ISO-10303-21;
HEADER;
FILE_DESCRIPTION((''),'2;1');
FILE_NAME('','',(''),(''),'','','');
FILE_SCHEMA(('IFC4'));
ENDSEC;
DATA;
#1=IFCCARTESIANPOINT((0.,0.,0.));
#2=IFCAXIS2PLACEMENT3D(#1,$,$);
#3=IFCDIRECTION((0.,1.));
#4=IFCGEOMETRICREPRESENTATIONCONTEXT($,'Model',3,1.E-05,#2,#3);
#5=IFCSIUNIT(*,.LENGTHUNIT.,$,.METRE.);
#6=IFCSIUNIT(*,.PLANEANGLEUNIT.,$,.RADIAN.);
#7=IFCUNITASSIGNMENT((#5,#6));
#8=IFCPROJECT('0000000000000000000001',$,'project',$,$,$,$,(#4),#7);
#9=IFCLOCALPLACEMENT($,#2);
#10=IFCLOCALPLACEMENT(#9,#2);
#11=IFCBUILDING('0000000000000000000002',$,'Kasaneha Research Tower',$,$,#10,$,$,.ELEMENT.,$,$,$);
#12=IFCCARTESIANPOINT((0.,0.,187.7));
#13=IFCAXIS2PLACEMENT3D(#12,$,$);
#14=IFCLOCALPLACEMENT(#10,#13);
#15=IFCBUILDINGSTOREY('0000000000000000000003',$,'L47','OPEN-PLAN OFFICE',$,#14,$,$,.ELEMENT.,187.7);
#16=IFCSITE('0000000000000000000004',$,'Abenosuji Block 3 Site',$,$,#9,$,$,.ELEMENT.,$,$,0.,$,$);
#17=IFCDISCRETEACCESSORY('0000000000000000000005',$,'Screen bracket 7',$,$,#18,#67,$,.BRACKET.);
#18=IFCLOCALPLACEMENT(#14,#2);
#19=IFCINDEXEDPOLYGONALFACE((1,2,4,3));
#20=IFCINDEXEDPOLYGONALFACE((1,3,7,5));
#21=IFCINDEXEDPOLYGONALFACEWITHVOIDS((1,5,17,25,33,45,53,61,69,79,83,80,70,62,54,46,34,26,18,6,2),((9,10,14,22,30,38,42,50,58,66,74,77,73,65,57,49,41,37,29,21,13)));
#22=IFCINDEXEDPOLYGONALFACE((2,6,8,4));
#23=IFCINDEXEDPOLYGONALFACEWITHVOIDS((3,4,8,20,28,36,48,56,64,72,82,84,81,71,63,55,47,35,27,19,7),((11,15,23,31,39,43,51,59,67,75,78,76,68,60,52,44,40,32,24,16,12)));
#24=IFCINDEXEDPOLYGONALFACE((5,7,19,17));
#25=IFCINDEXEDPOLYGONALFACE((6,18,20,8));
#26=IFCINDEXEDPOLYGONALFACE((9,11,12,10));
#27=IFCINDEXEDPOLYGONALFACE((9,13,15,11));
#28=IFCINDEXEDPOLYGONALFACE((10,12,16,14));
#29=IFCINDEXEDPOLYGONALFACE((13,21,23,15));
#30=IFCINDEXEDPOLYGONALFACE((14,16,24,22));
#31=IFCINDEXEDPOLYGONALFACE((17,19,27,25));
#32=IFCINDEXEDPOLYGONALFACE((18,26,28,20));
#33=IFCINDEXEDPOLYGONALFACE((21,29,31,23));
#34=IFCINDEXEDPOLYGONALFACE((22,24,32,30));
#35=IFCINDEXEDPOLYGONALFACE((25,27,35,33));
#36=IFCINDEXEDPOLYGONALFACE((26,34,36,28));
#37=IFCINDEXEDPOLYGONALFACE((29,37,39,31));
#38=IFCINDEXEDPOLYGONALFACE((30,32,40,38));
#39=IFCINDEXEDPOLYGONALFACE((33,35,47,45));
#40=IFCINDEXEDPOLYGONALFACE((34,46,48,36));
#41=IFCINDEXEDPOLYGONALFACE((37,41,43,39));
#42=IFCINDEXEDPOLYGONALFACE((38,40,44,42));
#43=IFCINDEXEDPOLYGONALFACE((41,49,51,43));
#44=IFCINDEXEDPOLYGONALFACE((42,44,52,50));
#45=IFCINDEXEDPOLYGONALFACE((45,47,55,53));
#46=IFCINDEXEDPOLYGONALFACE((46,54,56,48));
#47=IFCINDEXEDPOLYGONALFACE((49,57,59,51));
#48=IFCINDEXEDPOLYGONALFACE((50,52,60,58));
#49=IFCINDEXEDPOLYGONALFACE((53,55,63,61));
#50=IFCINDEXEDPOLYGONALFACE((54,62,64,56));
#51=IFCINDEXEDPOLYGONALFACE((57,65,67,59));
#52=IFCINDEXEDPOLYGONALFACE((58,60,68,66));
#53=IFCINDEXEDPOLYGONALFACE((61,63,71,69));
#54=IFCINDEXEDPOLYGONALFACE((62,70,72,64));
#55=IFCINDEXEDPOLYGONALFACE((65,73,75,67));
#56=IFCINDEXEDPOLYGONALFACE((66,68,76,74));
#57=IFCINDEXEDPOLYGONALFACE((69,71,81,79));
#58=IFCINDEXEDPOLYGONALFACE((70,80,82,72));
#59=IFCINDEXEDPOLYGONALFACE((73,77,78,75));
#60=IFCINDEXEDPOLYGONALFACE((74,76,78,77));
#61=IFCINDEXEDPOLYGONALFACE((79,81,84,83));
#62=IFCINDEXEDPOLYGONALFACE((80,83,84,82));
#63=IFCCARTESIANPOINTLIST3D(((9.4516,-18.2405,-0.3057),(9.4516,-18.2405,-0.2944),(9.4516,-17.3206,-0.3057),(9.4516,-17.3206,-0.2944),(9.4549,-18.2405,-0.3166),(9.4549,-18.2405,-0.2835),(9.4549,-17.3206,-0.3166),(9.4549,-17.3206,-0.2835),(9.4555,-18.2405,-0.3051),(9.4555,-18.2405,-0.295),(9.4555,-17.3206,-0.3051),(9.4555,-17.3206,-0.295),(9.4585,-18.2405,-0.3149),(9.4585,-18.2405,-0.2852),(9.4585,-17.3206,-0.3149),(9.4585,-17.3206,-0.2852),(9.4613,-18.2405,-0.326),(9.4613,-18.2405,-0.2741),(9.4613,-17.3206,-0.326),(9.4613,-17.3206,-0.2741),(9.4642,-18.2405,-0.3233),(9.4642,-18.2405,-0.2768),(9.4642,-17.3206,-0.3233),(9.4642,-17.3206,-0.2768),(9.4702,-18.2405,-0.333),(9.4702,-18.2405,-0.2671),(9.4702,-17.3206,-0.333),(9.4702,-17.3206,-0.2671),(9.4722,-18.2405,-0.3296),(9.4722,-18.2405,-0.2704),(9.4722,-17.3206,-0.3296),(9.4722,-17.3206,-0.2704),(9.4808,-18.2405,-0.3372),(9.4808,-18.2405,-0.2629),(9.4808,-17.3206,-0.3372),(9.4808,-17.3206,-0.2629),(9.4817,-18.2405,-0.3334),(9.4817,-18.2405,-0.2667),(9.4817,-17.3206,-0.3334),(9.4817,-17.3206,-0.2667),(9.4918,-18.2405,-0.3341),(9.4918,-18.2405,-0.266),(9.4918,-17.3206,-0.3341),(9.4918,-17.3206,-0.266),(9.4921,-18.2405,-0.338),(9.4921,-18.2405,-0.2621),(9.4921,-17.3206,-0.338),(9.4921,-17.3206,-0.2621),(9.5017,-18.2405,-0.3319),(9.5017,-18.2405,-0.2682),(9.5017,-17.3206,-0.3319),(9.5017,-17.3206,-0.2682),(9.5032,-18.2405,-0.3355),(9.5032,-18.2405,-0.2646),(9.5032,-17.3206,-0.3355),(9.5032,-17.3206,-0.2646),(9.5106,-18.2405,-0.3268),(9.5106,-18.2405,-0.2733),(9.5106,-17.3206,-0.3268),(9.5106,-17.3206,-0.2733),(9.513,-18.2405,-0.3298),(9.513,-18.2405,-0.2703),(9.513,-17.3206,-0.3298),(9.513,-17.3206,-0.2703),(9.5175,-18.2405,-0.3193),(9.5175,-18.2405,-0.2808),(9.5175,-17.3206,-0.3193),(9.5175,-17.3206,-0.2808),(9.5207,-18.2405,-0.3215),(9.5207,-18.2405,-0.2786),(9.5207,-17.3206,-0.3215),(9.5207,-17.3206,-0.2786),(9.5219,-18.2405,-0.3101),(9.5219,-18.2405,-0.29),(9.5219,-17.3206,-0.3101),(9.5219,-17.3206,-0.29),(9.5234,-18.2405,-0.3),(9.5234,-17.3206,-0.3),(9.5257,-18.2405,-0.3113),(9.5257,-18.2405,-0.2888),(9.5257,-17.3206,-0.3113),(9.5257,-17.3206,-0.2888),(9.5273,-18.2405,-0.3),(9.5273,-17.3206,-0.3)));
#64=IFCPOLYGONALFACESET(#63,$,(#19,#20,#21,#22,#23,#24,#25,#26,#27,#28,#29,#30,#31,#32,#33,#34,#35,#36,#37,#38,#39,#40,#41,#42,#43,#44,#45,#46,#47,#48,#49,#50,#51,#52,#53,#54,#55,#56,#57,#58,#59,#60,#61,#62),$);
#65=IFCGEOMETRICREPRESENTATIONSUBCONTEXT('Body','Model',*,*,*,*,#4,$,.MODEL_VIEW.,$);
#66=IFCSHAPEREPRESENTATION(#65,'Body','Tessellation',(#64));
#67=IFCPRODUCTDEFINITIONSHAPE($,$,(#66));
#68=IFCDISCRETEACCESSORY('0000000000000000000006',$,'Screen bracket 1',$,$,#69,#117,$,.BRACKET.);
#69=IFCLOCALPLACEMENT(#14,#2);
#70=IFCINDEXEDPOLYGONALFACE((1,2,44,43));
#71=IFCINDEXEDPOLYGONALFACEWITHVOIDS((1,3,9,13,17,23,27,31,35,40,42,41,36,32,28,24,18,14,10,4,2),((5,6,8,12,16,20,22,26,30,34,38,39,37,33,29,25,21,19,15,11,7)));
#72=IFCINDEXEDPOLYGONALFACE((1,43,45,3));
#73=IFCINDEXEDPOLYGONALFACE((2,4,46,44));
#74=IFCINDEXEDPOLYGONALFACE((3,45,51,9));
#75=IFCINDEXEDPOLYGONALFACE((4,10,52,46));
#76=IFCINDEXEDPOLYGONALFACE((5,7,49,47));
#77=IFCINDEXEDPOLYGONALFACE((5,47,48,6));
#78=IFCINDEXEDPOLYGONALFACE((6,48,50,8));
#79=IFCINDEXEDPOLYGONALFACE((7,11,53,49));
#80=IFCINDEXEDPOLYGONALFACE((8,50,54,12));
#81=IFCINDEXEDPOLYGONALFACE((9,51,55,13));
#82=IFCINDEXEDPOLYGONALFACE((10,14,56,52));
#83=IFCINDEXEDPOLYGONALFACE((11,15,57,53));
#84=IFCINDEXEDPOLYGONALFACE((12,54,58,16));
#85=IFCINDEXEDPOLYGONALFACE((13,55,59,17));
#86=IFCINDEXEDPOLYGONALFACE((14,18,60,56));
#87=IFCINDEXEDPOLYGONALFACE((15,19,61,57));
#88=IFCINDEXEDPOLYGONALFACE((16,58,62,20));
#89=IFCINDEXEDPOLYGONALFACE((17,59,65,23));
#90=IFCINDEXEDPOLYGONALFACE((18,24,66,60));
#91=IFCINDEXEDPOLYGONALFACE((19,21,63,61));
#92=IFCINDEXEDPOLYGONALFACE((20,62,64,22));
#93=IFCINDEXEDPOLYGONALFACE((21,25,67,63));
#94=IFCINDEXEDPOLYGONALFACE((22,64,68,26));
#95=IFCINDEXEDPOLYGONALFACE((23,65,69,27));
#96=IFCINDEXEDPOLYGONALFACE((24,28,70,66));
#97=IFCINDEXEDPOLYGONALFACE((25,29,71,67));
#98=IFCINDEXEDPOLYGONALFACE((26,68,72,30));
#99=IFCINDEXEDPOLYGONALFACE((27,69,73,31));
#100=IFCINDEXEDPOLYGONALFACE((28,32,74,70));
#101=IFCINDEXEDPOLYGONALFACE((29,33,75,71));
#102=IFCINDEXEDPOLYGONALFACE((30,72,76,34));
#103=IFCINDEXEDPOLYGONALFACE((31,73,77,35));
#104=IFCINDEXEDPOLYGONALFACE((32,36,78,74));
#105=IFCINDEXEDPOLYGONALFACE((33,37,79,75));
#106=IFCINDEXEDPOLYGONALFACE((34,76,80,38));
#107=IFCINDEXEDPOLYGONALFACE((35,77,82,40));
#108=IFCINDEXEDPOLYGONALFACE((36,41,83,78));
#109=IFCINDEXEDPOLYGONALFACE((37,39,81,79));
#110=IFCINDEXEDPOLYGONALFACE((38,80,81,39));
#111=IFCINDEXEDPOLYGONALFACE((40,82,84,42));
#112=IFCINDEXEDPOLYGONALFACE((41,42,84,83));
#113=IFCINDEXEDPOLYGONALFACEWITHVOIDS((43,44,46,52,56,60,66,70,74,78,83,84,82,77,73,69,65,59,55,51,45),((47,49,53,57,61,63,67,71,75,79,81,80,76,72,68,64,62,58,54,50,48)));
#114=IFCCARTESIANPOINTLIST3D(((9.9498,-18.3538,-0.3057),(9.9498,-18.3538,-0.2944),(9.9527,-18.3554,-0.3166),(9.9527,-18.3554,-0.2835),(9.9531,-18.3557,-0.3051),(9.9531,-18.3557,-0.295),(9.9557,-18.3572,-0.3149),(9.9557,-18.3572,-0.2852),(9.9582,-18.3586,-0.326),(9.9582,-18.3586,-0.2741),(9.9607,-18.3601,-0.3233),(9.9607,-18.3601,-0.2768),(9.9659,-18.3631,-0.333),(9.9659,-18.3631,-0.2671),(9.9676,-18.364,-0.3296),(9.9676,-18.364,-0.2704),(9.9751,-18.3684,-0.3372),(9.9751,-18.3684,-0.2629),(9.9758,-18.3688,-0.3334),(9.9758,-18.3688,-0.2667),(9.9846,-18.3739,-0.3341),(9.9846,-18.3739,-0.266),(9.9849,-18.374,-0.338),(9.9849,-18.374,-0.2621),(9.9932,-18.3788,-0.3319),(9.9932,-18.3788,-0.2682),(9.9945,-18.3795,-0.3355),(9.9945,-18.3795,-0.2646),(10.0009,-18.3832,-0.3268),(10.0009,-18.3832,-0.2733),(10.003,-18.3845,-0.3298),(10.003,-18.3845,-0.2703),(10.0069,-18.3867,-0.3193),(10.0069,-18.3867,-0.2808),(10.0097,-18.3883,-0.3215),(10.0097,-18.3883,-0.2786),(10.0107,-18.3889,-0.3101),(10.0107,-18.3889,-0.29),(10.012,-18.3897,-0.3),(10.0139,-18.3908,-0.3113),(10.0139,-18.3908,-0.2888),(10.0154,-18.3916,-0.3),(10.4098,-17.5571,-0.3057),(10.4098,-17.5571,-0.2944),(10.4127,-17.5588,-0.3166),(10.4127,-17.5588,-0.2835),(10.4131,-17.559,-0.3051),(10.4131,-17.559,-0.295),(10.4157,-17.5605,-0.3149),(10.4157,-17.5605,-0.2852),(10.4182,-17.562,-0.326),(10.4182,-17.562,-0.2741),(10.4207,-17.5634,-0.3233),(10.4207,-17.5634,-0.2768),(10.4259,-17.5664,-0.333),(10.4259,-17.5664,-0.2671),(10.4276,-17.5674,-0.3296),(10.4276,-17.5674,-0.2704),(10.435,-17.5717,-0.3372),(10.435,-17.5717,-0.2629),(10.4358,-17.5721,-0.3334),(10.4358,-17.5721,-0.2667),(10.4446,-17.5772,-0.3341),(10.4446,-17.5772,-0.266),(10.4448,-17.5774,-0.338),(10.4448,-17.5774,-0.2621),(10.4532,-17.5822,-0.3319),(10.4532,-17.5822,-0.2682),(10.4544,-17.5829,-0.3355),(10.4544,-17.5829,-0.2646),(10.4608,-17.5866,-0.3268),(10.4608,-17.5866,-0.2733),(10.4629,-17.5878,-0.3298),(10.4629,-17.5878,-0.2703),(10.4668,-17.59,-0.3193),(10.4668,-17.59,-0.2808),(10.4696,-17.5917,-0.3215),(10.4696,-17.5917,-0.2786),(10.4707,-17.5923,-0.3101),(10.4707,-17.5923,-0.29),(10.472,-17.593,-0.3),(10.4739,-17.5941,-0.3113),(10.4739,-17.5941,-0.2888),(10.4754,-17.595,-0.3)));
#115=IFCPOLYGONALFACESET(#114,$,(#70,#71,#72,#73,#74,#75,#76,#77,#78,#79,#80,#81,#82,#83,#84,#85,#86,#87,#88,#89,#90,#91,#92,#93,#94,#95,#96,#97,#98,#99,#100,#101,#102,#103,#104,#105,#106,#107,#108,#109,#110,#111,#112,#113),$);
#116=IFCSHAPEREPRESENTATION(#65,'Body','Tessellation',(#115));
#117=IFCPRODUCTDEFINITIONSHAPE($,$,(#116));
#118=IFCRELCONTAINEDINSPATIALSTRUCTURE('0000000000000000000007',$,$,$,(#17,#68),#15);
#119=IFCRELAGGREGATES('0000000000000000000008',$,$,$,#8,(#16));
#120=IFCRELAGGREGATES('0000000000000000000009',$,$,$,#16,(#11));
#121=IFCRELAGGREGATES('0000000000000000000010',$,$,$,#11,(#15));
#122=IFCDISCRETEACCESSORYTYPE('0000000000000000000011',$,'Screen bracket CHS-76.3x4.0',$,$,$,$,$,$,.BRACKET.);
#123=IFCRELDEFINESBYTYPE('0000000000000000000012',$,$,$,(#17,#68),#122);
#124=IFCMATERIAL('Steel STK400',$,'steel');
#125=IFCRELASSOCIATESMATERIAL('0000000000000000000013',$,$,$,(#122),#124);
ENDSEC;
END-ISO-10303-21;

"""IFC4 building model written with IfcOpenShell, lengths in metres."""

from ifc_helpers import new_model, si_unit, direction, frame, origin, origin_2d, place, context, subcontext, project, spatial, hollow_circle, extrude, material, material_profile, profile_set, type_object, element, save


model = new_model("IFC4")

# Units and contexts
model_context = context("Model", 3, precision=1e-05, world=origin(), true_north=direction((0.0, 1.0)))
body_context = subcontext(model_context, "Body", "Model", "MODEL_VIEW")
ifc_project = project(units=[si_unit("LENGTHUNIT", "METRE"), si_unit("PLANEANGLEUNIT", "RADIAN")], contexts=[model_context])

# Site, building, storey
site_placement = place(None, origin())
site = spatial("IfcSite", under=ifc_project, at=site_placement, Name="Abenosuji Block 3 Site", CompositionType="ELEMENT", RefElevation=0.0)
building_placement = place(site_placement, origin())
building = spatial("IfcBuilding", under=site, at=building_placement, Name="Kasaneha Research Tower", CompositionType="ELEMENT")
storey_placement = place(building_placement, frame((0.0, 0.0, 187.7)))
storey = spatial("IfcBuildingStorey", under=building, at=storey_placement, Name="L47", Description="OPEN-PLAN OFFICE", CompositionType="ELEMENT", Elevation=187.7)

# Discrete accessories
ifc_material_1 = material(Name="Steel STK400", Category="steel")
ifc_material_profile_1 = material_profile(ifc_material_1, hollow_circle(Radius=0.0381, WallThickness=0.0039, at=origin_2d()), Name="CHS-76.3x4.0")
ifc_profile_set_1 = profile_set([ifc_material_profile_1], Name="Steel STK400")
discrete_accessory_type = type_object("IfcDiscreteAccessoryType", Name="Screen bracket CHS-76.3x4.0", PredefinedType="BRACKET", material=ifc_profile_set_1)
for number, where, z_axis, x_axis, name in (
    (1, (9.4893, -17.3206, -0.3), (0.0, -1.0, 0.0), (1.0, 0.0, 0.0), "Screen bracket 7"),
    (2, (10.4424, -17.5759, -0.3), (-0.500021, -0.866013, 0.0), (0.866013, -0.500021, 0.0), "Screen bracket 1"),
):
    element("IfcDiscreteAccessory", number, at=place(storey_placement, frame(where, z_axis=z_axis, x_axis=x_axis)), inside=storey, type_object=discrete_accessory_type, Name=name, PredefinedType="BRACKET", context=body_context, shape_type="SweptSolid", body=[
        extrude(hollow_circle(Radius=0.0381, WallThickness=0.0039, at=origin_2d()), origin(), (0.0, 0.0, 1.0), 0.9199),
    ])

save(model, "model.ifc")
